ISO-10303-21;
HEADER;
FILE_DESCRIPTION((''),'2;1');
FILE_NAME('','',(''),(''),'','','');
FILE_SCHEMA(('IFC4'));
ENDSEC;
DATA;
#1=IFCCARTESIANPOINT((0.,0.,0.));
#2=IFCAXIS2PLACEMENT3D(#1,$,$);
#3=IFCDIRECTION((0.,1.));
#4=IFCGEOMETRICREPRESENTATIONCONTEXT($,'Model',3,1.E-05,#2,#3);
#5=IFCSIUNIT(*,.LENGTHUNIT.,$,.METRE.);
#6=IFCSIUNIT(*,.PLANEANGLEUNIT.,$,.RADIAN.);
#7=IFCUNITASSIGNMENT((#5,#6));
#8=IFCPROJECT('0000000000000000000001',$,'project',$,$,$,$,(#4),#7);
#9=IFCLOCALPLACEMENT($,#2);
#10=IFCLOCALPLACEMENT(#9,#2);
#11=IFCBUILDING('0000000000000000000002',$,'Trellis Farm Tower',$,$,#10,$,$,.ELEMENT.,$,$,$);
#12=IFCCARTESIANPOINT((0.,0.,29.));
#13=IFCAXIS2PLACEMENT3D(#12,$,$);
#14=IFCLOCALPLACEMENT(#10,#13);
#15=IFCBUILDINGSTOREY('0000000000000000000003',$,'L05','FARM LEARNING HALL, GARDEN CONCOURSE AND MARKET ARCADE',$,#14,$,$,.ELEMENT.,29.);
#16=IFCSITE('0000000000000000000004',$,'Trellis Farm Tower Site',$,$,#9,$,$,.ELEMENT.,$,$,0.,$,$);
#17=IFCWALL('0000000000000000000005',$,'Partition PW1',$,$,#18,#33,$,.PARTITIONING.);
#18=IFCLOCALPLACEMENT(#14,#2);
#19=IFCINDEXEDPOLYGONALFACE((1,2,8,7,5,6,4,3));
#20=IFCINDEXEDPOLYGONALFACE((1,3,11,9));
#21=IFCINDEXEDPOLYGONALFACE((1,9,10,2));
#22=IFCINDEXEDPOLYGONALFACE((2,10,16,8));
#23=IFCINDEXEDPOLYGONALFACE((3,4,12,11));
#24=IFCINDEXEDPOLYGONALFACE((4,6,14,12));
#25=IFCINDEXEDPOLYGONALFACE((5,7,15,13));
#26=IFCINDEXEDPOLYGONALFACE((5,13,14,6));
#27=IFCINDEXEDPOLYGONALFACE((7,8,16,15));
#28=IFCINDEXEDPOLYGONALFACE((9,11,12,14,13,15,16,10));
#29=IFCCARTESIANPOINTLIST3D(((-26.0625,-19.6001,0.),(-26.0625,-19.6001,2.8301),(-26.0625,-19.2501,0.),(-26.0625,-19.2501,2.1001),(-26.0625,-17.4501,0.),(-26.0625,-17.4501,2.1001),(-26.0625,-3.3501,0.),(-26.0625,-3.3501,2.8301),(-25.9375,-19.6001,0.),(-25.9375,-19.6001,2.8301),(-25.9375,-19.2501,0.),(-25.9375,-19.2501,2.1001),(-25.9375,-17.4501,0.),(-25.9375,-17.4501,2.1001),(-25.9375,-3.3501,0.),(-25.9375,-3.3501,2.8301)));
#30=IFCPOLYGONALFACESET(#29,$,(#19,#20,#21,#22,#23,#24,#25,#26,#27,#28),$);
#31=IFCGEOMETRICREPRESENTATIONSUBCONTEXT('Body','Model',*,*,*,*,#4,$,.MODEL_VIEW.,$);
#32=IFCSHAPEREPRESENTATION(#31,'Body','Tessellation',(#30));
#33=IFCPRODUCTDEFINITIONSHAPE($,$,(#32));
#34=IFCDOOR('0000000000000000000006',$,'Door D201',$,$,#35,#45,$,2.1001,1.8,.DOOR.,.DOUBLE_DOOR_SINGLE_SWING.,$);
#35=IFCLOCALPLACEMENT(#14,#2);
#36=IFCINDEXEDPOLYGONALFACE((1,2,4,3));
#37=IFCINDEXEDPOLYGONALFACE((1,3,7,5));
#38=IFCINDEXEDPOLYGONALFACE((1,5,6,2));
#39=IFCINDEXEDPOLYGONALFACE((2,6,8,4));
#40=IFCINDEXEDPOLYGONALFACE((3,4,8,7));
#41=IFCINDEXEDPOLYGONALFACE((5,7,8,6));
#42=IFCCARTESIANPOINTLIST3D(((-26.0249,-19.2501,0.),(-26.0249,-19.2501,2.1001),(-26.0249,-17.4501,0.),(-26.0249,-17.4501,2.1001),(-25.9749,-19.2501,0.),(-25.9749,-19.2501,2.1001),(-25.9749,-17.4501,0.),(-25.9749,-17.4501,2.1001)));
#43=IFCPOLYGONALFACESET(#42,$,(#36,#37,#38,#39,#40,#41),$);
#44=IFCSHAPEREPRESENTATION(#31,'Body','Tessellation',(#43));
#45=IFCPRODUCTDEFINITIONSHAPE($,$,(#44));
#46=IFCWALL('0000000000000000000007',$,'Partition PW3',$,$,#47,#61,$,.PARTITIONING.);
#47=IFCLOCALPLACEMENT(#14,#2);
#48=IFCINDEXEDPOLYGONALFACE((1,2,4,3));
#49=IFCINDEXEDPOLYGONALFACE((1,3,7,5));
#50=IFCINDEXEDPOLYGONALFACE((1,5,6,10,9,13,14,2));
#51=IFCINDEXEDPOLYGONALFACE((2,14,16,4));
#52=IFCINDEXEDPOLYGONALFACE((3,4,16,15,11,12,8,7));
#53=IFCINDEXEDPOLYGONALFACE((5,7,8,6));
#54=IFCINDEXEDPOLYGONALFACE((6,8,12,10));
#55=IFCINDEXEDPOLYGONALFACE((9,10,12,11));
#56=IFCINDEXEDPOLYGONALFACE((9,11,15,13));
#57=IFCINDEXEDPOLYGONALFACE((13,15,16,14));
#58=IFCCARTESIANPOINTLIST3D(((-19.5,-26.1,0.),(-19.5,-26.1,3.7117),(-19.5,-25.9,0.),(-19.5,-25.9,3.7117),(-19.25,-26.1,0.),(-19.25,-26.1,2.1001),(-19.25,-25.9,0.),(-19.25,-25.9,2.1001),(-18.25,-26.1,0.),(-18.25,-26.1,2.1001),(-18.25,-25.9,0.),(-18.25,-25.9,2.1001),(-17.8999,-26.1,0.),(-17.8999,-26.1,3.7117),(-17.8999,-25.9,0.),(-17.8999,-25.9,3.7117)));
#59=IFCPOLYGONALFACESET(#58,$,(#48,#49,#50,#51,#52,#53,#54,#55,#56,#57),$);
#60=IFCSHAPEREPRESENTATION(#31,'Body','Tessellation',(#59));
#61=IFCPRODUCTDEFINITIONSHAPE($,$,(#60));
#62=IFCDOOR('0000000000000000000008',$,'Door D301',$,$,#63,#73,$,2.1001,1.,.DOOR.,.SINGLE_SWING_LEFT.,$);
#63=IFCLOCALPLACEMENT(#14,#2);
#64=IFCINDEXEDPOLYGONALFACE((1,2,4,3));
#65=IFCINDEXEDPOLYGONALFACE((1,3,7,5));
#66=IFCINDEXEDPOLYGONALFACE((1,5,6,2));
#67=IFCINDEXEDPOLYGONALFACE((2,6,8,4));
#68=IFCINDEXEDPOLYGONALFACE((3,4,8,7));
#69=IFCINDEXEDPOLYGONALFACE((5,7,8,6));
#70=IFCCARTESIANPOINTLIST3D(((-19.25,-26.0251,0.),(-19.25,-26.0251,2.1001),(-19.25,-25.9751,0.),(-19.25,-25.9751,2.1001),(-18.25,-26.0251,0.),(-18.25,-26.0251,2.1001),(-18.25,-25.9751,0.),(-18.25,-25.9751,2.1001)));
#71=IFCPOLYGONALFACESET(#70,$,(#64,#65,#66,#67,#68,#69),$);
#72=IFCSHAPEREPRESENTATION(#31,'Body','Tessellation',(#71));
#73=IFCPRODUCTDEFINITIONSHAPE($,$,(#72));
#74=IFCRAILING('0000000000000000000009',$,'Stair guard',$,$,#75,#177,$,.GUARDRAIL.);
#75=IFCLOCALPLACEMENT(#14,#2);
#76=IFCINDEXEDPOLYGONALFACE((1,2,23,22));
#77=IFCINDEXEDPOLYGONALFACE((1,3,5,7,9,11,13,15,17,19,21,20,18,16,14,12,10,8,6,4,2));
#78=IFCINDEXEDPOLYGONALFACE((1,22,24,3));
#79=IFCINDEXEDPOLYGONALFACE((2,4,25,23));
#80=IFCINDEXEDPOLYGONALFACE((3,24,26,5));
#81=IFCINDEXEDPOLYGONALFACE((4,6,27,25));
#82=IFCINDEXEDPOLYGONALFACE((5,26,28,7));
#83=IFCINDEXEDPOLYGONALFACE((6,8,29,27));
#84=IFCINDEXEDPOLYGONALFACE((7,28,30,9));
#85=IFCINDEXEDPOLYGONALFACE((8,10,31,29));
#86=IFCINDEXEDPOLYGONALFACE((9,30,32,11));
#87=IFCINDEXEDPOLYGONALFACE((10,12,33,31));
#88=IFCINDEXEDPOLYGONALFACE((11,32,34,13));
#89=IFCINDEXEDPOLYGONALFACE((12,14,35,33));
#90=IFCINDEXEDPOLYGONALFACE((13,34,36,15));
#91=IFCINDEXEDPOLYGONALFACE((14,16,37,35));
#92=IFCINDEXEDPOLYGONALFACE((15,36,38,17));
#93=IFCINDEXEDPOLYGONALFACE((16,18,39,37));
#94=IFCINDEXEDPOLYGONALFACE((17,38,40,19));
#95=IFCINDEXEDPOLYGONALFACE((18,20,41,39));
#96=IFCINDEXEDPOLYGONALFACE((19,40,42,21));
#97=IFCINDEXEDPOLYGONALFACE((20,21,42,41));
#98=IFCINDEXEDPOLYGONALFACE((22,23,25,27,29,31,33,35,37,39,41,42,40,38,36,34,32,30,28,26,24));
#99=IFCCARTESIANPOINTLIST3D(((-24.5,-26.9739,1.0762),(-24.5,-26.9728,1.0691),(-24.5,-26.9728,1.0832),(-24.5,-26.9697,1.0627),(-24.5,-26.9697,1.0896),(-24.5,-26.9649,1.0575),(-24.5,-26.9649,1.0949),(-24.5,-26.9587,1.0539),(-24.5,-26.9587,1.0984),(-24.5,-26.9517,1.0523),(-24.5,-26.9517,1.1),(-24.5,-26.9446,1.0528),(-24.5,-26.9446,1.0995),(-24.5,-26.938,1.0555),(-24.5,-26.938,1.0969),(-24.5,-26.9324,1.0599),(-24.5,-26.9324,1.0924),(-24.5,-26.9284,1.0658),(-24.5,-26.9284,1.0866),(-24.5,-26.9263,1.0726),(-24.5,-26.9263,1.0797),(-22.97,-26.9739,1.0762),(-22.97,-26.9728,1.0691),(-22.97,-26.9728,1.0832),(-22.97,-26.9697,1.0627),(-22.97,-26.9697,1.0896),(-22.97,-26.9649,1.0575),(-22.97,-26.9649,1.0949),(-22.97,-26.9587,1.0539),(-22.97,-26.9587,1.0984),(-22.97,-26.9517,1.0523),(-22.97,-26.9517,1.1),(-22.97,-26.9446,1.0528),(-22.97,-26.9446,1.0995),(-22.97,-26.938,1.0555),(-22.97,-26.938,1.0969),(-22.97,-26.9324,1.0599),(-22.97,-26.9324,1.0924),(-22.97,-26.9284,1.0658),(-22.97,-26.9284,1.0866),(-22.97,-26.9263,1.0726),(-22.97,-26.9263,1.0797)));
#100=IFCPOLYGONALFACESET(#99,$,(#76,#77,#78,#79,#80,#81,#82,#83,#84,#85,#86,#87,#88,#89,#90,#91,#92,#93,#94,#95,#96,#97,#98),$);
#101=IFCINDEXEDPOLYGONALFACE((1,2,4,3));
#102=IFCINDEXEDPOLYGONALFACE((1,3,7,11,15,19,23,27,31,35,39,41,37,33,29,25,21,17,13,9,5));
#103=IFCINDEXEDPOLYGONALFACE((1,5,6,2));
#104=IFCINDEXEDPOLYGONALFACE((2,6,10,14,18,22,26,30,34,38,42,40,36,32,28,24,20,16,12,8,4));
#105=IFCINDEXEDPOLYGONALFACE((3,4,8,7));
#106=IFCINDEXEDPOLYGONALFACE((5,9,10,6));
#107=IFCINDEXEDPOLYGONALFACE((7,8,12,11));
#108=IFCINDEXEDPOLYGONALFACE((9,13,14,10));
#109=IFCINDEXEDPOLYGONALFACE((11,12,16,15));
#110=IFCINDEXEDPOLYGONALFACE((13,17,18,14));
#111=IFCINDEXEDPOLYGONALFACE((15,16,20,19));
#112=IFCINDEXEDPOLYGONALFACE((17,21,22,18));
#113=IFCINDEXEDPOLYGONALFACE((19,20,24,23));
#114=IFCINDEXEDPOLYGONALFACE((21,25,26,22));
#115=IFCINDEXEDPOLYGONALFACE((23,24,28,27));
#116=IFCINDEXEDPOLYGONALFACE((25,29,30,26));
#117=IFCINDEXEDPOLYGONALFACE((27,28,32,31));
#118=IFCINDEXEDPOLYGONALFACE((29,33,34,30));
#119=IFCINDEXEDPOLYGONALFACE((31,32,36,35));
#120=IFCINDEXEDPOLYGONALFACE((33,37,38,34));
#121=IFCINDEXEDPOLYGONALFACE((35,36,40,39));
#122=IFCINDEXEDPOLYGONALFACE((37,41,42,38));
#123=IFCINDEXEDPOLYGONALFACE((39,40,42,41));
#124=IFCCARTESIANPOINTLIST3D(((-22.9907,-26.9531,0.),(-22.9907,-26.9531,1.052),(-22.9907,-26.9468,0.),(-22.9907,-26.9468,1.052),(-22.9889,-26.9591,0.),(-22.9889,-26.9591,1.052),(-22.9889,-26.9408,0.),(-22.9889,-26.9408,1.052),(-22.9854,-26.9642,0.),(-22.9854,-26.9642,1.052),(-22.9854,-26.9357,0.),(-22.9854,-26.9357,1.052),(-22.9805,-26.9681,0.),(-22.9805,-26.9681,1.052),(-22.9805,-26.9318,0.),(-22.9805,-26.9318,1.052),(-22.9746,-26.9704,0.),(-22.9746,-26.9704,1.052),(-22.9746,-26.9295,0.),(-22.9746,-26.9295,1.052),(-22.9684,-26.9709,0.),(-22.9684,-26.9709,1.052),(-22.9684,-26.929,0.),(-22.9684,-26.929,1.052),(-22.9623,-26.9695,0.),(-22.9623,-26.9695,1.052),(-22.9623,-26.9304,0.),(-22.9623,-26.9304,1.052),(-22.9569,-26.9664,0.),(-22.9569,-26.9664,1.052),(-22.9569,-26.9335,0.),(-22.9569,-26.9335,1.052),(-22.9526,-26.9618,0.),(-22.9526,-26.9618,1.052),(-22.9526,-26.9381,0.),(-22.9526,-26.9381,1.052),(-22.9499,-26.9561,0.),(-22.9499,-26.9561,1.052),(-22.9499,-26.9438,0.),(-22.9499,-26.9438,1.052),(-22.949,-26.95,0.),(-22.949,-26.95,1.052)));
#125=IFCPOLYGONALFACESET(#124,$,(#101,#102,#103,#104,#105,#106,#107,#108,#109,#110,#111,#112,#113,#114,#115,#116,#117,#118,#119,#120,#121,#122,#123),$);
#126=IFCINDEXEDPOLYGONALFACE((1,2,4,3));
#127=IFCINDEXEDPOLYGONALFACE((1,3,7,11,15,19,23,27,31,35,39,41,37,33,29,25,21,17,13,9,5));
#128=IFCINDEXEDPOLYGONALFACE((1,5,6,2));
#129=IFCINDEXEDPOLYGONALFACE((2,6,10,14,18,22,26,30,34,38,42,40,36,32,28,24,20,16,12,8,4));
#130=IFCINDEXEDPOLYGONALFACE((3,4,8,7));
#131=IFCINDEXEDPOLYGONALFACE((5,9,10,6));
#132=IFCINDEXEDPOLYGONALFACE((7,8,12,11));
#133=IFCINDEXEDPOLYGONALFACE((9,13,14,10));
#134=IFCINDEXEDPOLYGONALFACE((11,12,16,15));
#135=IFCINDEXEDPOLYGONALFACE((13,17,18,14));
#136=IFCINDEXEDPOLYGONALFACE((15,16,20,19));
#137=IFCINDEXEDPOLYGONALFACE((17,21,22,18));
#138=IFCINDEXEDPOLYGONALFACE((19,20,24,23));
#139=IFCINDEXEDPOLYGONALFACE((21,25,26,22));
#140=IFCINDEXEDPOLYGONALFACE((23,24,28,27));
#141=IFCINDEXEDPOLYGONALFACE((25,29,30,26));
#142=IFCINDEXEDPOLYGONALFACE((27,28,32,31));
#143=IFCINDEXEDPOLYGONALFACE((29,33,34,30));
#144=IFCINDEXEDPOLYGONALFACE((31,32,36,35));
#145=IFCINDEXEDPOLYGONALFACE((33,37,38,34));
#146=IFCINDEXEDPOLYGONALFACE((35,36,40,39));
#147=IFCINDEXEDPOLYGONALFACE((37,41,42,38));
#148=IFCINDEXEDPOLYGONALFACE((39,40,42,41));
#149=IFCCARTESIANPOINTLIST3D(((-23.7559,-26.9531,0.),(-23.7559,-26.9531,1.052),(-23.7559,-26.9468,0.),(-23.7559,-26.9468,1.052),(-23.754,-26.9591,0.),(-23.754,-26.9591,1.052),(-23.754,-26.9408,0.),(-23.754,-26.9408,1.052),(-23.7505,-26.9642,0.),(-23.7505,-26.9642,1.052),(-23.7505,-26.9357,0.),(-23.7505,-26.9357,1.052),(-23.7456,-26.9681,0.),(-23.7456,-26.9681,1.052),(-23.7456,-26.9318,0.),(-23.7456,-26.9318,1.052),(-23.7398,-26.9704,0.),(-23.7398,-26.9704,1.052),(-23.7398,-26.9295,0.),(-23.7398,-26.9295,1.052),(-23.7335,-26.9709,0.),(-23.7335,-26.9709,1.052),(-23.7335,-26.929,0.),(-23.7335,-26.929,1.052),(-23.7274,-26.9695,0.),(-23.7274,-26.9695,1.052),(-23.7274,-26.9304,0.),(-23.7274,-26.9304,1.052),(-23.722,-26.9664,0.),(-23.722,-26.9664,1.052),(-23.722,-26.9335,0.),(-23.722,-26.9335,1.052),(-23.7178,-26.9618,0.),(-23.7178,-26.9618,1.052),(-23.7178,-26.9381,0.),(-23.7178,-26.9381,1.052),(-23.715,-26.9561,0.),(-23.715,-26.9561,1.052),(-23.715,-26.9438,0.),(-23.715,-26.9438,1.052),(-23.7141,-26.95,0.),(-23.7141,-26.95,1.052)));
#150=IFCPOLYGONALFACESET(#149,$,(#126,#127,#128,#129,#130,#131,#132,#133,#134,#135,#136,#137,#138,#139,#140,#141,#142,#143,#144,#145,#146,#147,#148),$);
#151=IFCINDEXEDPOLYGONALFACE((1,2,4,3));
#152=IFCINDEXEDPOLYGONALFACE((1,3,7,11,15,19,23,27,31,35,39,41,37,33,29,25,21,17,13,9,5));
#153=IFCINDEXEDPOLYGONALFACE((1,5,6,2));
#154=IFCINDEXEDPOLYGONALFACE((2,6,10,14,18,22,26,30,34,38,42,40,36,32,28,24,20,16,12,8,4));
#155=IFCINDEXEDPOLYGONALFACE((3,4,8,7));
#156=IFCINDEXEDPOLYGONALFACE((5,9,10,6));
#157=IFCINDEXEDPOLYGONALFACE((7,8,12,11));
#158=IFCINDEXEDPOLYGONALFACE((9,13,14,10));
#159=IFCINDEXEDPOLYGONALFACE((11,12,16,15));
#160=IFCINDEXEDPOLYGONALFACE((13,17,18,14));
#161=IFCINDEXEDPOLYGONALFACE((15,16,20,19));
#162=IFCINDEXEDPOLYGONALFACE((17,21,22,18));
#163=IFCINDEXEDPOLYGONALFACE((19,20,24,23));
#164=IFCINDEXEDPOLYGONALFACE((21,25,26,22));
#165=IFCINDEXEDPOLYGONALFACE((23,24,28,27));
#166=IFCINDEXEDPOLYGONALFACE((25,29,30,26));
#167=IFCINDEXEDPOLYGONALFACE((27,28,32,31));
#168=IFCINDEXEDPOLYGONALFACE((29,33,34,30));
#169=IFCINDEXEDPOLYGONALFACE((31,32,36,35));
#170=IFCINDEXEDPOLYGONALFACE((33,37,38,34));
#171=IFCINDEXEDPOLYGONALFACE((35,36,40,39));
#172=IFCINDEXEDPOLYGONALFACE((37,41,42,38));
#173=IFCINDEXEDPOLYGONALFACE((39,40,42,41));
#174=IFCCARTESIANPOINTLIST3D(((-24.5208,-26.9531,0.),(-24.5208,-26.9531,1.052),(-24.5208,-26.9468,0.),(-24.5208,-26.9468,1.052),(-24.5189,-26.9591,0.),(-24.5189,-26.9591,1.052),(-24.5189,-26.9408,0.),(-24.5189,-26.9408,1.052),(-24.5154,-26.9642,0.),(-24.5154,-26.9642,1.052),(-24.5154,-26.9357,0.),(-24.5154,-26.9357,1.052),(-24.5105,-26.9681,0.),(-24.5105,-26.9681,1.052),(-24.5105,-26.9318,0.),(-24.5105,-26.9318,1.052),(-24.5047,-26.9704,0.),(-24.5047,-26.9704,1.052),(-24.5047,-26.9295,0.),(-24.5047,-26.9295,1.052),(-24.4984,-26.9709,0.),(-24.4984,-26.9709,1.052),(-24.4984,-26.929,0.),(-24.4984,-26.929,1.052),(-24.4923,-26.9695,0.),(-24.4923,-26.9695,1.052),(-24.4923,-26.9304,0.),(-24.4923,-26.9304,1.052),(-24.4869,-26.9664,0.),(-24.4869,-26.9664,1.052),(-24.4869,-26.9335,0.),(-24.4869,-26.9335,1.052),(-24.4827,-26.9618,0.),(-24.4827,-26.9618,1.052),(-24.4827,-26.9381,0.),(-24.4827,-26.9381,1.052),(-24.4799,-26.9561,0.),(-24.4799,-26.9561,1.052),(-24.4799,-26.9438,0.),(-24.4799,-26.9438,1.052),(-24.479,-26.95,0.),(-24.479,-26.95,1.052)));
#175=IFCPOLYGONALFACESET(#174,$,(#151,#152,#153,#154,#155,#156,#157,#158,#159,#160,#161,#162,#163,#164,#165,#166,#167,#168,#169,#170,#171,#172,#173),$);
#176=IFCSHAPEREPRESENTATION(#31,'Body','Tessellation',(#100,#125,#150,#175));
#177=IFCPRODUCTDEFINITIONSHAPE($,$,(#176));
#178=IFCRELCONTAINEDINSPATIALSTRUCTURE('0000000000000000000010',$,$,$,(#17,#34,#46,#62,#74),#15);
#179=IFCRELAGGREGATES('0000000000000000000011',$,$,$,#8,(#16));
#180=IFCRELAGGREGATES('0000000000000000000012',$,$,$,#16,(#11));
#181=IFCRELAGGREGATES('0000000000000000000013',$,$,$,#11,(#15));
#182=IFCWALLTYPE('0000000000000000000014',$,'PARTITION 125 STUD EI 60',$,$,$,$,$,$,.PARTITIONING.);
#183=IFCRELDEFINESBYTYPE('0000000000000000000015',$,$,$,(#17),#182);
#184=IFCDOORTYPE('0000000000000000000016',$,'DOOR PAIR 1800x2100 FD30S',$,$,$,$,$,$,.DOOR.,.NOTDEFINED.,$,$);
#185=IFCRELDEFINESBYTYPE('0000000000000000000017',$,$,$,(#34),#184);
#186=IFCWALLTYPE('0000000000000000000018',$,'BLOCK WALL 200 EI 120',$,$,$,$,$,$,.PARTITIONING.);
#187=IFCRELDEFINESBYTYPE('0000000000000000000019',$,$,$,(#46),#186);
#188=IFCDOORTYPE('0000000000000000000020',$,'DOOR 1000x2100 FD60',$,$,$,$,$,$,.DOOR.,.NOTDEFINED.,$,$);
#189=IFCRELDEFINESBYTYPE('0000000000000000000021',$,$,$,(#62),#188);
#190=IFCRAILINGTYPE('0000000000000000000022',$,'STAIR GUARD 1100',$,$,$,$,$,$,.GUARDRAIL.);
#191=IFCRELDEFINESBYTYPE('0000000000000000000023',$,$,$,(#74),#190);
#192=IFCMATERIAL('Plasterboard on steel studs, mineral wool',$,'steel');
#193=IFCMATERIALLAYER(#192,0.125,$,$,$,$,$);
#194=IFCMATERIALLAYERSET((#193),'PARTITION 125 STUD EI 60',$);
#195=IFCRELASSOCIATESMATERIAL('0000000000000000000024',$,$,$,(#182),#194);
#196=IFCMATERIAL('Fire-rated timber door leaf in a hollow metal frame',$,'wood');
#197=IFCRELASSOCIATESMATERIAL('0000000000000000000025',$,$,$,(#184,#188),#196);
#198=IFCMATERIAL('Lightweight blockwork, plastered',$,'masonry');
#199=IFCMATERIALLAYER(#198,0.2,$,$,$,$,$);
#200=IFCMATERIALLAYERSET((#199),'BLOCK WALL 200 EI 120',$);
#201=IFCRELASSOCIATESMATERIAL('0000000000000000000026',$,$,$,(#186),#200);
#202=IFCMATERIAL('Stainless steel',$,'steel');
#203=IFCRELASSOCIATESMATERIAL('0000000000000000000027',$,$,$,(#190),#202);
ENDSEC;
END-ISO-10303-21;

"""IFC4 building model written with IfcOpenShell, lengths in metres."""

from ifc_helpers import new_model, si_unit, direction, frame, frame_2d, origin, origin_2d, place, context, subcontext, project, spatial, rectangle, circle, extrude, source, transform, mapped, material, layer, layer_set, type_object, element, fill, save


model = new_model("IFC4")

# Units and contexts
model_context = context("Model", 3, precision=1e-05, world=origin(), true_north=direction((0.0, 1.0)))
body_context = subcontext(model_context, "Body", "Model", "MODEL_VIEW")
ifc_project = project(units=[si_unit("LENGTHUNIT", "METRE"), si_unit("PLANEANGLEUNIT", "RADIAN")], contexts=[model_context])

# Site, building, storey
site_placement = place(None, origin())
site = spatial("IfcSite", under=ifc_project, at=site_placement, Name="Trellis Farm Tower Site", CompositionType="ELEMENT", RefElevation=0.0)
building_placement = place(site_placement, origin())
building = spatial("IfcBuilding", under=site, at=building_placement, Name="Trellis Farm Tower", CompositionType="ELEMENT")
storey_placement = place(building_placement, frame((0.0, 0.0, 29.0)))
storey = spatial("IfcBuildingStorey", under=building, at=storey_placement, Name="L05", Description="FARM LEARNING HALL, GARDEN CONCOURSE AND MARKET ARCADE", CompositionType="ELEMENT", Elevation=29.0)

# Walls, openings, doors
ifc_material_1 = material(Name="Plasterboard on steel studs, mineral wool", Category="steel")
ifc_layer_1 = layer(ifc_material_1, 0.125)
ifc_layer_set_1 = layer_set([ifc_layer_1], Name="PARTITION 125 STUD EI 60")
wall_type_1 = type_object("IfcWallType", Name="PARTITION 125 STUD EI 60", PredefinedType="PARTITIONING", material=ifc_layer_set_1)
shared_shape_1 = source(origin(), body_context, "Body", "SweptSolid", [
    extrude(rectangle(XDim=16.25, YDim=0.125, at=frame_2d((8.125, 0.0))), origin(), (0.0, 0.0, 1.0), 2.8301),
])
wall_1_placement = place(storey_placement, frame((-26.0, -19.6001, 0.0), z_axis=(0.0, 0.0, 1.0), x_axis=(0.0, 1.0, 0.0)))
wall_1 = element("IfcWall", 1, at=wall_1_placement, inside=storey, type_object=wall_type_1, Name="Partition PW1", PredefinedType="PARTITIONING", context=body_context, shape_type="MappedRepresentation", body=[
    mapped(shared_shape_1, transform((0.0, 0.0, 0.0))),
])
shared_shape_2 = source(origin(), body_context, "Body", "SweptSolid", [
    extrude(rectangle(XDim=1.8, YDim=2.1001, at=frame_2d((0.8999, 1.05))), frame((0.0, 0.0725, 0.0), z_axis=(0.0, -1.0, 0.0), x_axis=(1.0, 0.0, 0.0)), (0.0, 0.0, 1.0), 0.145),
])
opening_1_placement = place(wall_1_placement, frame((0.3501, 0.0, 0.0)))
opening_1 = element("IfcOpeningElement", 2, at=opening_1_placement, cuts=wall_1, PredefinedType="OPENING", context=body_context, shape_type="MappedRepresentation", body=[
    mapped(shared_shape_2, transform((0.0, 0.0, 0.0))),
])
ifc_material_2 = material(Name="Fire-rated timber door leaf in a hollow metal frame", Category="wood")
door_type_1 = type_object("IfcDoorType", Name="DOOR PAIR 1800x2100 FD30S", OperationType="NOTDEFINED", PredefinedType="DOOR", material=ifc_material_2)
shared_shape_3 = source(origin(), body_context, "Body", "SweptSolid", [
    extrude(rectangle(XDim=1.8, YDim=2.1001, at=frame_2d((0.8999, 1.05))), frame((0.0, 0.0249, 0.0), z_axis=(0.0, -1.0, 0.0), x_axis=(1.0, 0.0, 0.0)), (0.0, 0.0, 1.0), 0.05),
])
door_1_placement = place(opening_1_placement, origin())
door_1 = element("IfcDoor", 3, at=door_1_placement, inside=storey, type_object=door_type_1, Name="Door D201", OperationType="DOUBLE_DOOR_SINGLE_SWING", OverallHeight=2.1001, OverallWidth=1.8, PredefinedType="DOOR", context=body_context, shape_type="MappedRepresentation", body=[
    mapped(shared_shape_3, transform((0.0, 0.0, 0.0))),
])
fill(opening_1, door_1)
ifc_material_3 = material(Name="Lightweight blockwork, plastered", Category="masonry")
ifc_layer_2 = layer(ifc_material_3, 0.2)
ifc_layer_set_2 = layer_set([ifc_layer_2], Name="BLOCK WALL 200 EI 120")
wall_type_2 = type_object("IfcWallType", Name="BLOCK WALL 200 EI 120", PredefinedType="PARTITIONING", material=ifc_layer_set_2)
shared_shape_4 = source(origin(), body_context, "Body", "SweptSolid", [
    extrude(rectangle(XDim=1.6001, YDim=0.2, at=frame_2d((0.8, 0.0))), origin(), (0.0, 0.0, 1.0), 3.7117),
])
wall_2_placement = place(storey_placement, frame((-19.5, -26.0, 0.0), z_axis=(0.0, 0.0, 1.0), x_axis=(1.0, 0.0, 0.0)))
wall_2 = element("IfcWall", 4, at=wall_2_placement, inside=storey, type_object=wall_type_2, Name="Partition PW3", PredefinedType="PARTITIONING", context=body_context, shape_type="MappedRepresentation", body=[
    mapped(shared_shape_4, transform((0.0, 0.0, 0.0))),
])
shared_shape_5 = source(origin(), body_context, "Body", "SweptSolid", [
    extrude(rectangle(XDim=1.0, YDim=2.1001, at=frame_2d((0.5, 1.05))), frame((0.0, 0.1101, 0.0), z_axis=(0.0, -1.0, 0.0), x_axis=(1.0, 0.0, 0.0)), (0.0, 0.0, 1.0), 0.2202),
])
opening_2_placement = place(wall_2_placement, frame((0.25, 0.0, 0.0)))
opening_2 = element("IfcOpeningElement", 5, at=opening_2_placement, cuts=wall_2, PredefinedType="OPENING", context=body_context, shape_type="MappedRepresentation", body=[
    mapped(shared_shape_5, transform((0.0, 0.0, 0.0))),
])
door_type_2 = type_object("IfcDoorType", Name="DOOR 1000x2100 FD60", OperationType="NOTDEFINED", PredefinedType="DOOR", material=ifc_material_2)
shared_shape_6 = source(origin(), body_context, "Body", "SweptSolid", [
    extrude(rectangle(XDim=1.0, YDim=2.1001, at=frame_2d((0.5, 1.05))), frame((0.0, 0.0249, 0.0), z_axis=(0.0, -1.0, 0.0), x_axis=(1.0, 0.0, 0.0)), (0.0, 0.0, 1.0), 0.05),
])
door_2_placement = place(opening_2_placement, origin())
door_2 = element("IfcDoor", 6, at=door_2_placement, inside=storey, type_object=door_type_2, Name="Door D301", OperationType="SINGLE_SWING_LEFT", OverallHeight=2.1001, OverallWidth=1.0, PredefinedType="DOOR", context=body_context, shape_type="MappedRepresentation", body=[
    mapped(shared_shape_6, transform((0.0, 0.0, 0.0))),
])
fill(opening_2, door_2)

# Railing
ifc_material_4 = material(Name="Stainless steel", Category="steel")
railing_type = type_object("IfcRailingType", Name="STAIR GUARD 1100", PredefinedType="GUARDRAIL", material=ifc_material_4)
shared_shape_7 = source(origin(), body_context, "Body", "SweptSolid", [
    extrude(circle(Radius=0.0239, at=origin_2d()), frame((0.0, 0.0, 1.0762), z_axis=(-1.0, 0.0, 0.0), x_axis=(0.0, -1.0, 0.0)), (0.0, 0.0, 1.0), 1.53),
    extrude(circle(Radius=0.021, at=origin_2d()), origin(), (0.0, 0.0, 1.0), 1.052),
    extrude(circle(Radius=0.021, at=origin_2d()), frame((-0.7651, 0.0, 0.0)), (0.0, 0.0, 1.0), 1.052),
    extrude(circle(Radius=0.021, at=origin_2d()), frame((-1.53, 0.0, 0.0)), (0.0, 0.0, 1.0), 1.052),
])
for number, where, name in (
    (7, (-22.97, -26.95, 0.0), "Stair guard"),
):
    element("IfcRailing", number, at=place(storey_placement, frame(where)), inside=storey, type_object=railing_type, Name=name, PredefinedType="GUARDRAIL", context=body_context, shape_type="MappedRepresentation", body=[
        mapped(shared_shape_7, transform((0.0, 0.0, 0.0))),
    ])

save(model, "model.ifc")
